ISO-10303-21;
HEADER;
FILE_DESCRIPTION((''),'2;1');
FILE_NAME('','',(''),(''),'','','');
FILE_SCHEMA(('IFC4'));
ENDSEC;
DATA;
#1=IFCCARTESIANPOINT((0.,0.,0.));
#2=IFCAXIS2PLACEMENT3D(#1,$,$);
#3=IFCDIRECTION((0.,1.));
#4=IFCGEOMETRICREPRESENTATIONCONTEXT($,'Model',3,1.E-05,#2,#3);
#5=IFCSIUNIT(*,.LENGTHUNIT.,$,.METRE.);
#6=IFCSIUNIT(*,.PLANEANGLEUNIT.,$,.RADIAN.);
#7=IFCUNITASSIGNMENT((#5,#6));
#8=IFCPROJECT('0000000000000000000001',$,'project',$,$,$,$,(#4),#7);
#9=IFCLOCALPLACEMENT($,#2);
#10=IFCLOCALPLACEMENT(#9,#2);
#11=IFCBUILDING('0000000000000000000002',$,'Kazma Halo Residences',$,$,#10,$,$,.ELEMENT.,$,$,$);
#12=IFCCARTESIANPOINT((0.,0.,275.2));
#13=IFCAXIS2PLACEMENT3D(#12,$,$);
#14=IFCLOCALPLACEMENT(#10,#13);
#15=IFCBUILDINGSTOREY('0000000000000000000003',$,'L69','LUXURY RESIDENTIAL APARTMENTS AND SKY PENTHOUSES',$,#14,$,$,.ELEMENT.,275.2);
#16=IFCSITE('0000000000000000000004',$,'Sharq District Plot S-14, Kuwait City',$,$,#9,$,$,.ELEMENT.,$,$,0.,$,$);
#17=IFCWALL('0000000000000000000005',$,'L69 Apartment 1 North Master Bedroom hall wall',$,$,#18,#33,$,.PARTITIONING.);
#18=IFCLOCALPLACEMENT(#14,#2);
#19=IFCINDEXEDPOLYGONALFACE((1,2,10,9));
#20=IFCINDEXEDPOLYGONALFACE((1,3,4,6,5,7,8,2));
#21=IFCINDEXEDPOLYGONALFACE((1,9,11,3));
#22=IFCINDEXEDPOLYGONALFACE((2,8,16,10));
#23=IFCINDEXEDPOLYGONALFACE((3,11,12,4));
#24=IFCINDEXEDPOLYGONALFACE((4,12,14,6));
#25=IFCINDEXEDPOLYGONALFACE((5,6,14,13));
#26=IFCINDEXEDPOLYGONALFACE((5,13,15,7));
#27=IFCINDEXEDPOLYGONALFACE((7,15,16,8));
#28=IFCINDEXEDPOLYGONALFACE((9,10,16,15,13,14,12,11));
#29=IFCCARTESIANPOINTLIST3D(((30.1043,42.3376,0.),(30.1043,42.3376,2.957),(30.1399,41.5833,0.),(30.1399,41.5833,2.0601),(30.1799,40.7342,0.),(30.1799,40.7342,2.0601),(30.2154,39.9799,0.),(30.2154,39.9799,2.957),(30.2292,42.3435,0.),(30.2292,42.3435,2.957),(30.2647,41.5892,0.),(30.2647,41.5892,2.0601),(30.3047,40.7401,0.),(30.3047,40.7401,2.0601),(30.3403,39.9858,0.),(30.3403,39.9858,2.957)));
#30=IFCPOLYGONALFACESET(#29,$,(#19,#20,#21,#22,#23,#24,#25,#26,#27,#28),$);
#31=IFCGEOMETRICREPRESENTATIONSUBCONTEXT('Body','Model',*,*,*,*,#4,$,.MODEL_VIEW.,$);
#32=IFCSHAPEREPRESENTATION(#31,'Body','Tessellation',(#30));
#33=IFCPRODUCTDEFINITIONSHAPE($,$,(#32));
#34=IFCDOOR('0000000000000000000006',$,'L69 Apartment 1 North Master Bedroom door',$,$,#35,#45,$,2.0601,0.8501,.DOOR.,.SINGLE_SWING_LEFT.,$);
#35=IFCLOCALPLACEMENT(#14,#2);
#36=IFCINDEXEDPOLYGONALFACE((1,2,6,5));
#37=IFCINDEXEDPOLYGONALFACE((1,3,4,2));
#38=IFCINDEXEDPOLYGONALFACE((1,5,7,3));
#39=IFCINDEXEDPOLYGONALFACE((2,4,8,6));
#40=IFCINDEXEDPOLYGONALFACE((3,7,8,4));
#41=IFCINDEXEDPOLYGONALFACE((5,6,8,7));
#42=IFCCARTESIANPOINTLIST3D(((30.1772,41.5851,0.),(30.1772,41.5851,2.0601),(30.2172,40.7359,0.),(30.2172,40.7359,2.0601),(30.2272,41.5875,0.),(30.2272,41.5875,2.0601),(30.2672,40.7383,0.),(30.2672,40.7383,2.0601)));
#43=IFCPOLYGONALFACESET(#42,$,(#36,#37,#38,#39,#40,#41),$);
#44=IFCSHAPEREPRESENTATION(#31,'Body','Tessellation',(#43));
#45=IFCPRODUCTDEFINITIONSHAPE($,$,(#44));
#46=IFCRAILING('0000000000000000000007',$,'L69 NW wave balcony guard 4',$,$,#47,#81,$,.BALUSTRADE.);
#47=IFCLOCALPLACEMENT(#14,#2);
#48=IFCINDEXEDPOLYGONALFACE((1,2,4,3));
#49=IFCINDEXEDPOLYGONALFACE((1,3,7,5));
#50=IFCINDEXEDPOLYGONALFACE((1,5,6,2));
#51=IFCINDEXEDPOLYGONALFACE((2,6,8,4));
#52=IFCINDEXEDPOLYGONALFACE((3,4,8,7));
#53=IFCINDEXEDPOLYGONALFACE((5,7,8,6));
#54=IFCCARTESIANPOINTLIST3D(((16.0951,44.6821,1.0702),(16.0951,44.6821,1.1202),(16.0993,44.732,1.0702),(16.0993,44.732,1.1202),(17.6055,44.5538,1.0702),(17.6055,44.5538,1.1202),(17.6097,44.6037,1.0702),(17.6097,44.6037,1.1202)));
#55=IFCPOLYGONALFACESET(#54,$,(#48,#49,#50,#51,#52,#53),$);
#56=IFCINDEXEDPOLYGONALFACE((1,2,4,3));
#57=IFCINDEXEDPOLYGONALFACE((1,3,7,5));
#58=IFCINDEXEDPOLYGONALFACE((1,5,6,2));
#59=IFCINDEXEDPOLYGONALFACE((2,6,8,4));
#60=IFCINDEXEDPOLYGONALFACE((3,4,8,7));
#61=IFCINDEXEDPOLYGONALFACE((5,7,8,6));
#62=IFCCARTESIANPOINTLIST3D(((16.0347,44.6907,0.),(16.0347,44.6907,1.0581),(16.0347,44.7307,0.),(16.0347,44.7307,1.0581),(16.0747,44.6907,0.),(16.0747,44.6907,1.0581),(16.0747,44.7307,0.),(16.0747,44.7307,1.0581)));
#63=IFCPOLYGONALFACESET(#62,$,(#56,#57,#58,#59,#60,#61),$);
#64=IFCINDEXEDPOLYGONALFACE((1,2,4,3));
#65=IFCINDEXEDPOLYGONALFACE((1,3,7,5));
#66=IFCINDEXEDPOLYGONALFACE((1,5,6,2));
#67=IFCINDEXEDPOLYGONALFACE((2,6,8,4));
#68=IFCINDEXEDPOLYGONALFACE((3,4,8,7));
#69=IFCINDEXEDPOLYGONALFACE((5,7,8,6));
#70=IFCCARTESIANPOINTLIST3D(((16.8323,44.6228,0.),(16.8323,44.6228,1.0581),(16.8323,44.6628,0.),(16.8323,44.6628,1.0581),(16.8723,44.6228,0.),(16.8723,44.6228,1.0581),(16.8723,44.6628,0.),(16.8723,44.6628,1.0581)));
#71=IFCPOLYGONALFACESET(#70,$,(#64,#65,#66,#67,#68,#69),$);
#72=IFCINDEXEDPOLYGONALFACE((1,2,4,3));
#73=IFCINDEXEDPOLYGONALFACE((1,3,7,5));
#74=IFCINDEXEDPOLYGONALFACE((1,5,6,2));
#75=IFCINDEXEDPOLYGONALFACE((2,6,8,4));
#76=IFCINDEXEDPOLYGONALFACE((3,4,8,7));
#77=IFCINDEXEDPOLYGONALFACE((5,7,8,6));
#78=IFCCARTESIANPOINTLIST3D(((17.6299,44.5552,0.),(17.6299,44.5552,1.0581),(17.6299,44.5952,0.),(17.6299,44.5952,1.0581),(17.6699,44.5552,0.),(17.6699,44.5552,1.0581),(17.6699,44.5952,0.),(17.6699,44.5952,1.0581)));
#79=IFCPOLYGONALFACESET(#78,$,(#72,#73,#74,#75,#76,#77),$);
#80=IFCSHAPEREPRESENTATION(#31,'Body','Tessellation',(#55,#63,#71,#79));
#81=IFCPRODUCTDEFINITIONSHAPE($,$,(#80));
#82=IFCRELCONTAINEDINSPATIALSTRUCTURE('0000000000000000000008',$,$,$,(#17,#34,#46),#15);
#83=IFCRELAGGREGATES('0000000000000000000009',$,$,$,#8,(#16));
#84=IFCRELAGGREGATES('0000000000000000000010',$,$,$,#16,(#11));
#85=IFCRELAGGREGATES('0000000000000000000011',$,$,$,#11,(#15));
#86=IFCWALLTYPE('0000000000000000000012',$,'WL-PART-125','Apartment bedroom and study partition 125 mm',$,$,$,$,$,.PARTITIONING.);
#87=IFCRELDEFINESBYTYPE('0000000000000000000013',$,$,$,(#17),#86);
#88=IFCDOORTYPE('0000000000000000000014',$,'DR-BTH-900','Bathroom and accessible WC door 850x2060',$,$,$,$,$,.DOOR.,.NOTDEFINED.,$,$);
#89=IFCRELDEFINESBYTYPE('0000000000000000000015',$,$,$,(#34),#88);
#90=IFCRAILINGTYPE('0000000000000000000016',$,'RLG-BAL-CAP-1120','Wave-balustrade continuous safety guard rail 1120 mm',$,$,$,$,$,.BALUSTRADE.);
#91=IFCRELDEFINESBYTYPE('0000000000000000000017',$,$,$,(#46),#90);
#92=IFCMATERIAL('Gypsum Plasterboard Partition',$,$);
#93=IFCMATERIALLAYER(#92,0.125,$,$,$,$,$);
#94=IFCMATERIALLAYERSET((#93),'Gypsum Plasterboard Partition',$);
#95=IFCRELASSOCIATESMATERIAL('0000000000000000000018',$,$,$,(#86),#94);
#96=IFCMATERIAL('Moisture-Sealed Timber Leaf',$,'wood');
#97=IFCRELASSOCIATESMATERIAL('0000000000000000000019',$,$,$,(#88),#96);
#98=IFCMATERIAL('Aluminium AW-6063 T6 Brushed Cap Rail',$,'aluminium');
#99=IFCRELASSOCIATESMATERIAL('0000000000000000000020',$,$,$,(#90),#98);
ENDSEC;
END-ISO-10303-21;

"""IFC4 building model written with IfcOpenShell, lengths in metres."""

from ifc_helpers import new_model, si_unit, direction, frame, frame_2d, origin, origin_2d, place, context, subcontext, project, spatial, rectangle, extrude, material, layer, layer_set, type_object, element, fill, save


model = new_model("IFC4")

# Units and contexts
model_context = context("Model", 3, precision=1e-05, world=origin(), true_north=direction((0.0, 1.0)))
body_context = subcontext(model_context, "Body", "Model", "MODEL_VIEW")
ifc_project = project(units=[si_unit("LENGTHUNIT", "METRE"), si_unit("PLANEANGLEUNIT", "RADIAN")], contexts=[model_context])

# Site, building, storey
site_placement = place(None, origin())
site = spatial("IfcSite", under=ifc_project, at=site_placement, Name="Sharq District Plot S-14, Kuwait City", CompositionType="ELEMENT", RefElevation=0.0)
building_placement = place(site_placement, origin())
building = spatial("IfcBuilding", under=site, at=building_placement, Name="Kazma Halo Residences", CompositionType="ELEMENT")
storey_placement = place(building_placement, frame((0.0, 0.0, 275.2)))
storey = spatial("IfcBuildingStorey", under=building, at=storey_placement, Name="L69", Description="LUXURY RESIDENTIAL APARTMENTS AND SKY PENTHOUSES", CompositionType="ELEMENT", Elevation=275.2)

# Shared definitions
ifc_material_1 = material(Name="Gypsum Plasterboard Partition")
ifc_layer_1 = layer(ifc_material_1, 0.125)
ifc_layer_set_1 = layer_set([ifc_layer_1], Name="Gypsum Plasterboard Partition")
wall_type = type_object("IfcWallType", Name="WL-PART-125", Description="Apartment bedroom and study partition 125 mm", PredefinedType="PARTITIONING", material=ifc_layer_set_1)

# Shared definitions
ifc_material_2 = material(Name="Moisture-Sealed Timber Leaf", Category="wood")
door_type_1 = type_object("IfcDoorType", Name="DR-BTH-900", Description="Bathroom and accessible WC door 850x2060", OperationType="NOTDEFINED", PredefinedType="DOOR", material=ifc_material_2)

# Wall, opening, door
wall_1_placement = place(storey_placement, frame((30.1667, 42.3406, 0.0), z_axis=(0.0, 0.0, 1.0), x_axis=(0.047064, -0.998892, 0.0)))
wall_1 = element("IfcWall", 1, at=wall_1_placement, inside=storey, type_object=wall_type, Name="L69 Apartment 1 North Master Bedroom hall wall", PredefinedType="PARTITIONING", context=body_context, shape_type="SweptSolid", body=[
    extrude(rectangle(XDim=2.3604, YDim=0.125, at=frame_2d((1.1802, 0.0))), origin(), (0.0, 0.0, 1.0), 2.957),
])
opening_1_placement = place(wall_1_placement, frame((0.7551, 0.0, 0.0)))
opening_1 = element("IfcOpeningElement", 2, at=opening_1_placement, cuts=wall_1, PredefinedType="OPENING", context=body_context, shape_type="SweptSolid", body=[
    extrude(rectangle(XDim=0.8501, YDim=2.0601, at=frame_2d((0.425, 1.03))), frame((0.0, 0.0725, 0.0), z_axis=(0.0, -1.0, 0.0), x_axis=(1.0, 0.0, 0.0)), (0.0, 0.0, 1.0), 0.145),
])
door_1_placement = place(opening_1_placement, origin())
door_1 = element("IfcDoor", 3, at=door_1_placement, inside=storey, type_object=door_type_1, Name="L69 Apartment 1 North Master Bedroom door", OperationType="SINGLE_SWING_LEFT", OverallHeight=2.0601, OverallWidth=0.8501, PredefinedType="DOOR", context=body_context, shape_type="SweptSolid", body=[
    extrude(rectangle(XDim=0.8501, YDim=2.0601, at=frame_2d((0.425, 1.03))), frame((0.0, 0.0249, 0.0), z_axis=(0.0, -1.0, 0.0), x_axis=(1.0, 0.0, 0.0)), (0.0, 0.0, 1.0), 0.05),
])
fill(opening_1, door_1)

# Railing
ifc_material_3 = material(Name="Aluminium AW-6063 T6 Brushed Cap Rail", Category="aluminium")
railing_type = type_object("IfcRailingType", Name="RLG-BAL-CAP-1120", Description="Wave-balustrade continuous safety guard rail 1120 mm", PredefinedType="BALUSTRADE", material=ifc_material_3)
railing_placement = place(storey_placement, frame((16.0547, 44.7107, 0.0)))
element("IfcRailing", 4, at=railing_placement, inside=storey, type_object=railing_type, Name="L69 NW wave balcony guard 4", PredefinedType="BALUSTRADE", context=body_context, shape_type="SweptSolid", body=[
    extrude(rectangle(XDim=0.05, YDim=0.05, at=origin_2d()), frame((0.0425, -0.0037, 1.0952), z_axis=(0.996412, -0.084636, 0.0), x_axis=(0.084636, 0.996412, 0.0)), (0.0, 0.0, 1.0), 1.5159),
    extrude(rectangle(XDim=0.04, YDim=0.04, at=origin_2d()), origin(), (0.0, 0.0, 1.0), 1.0581),
    extrude(rectangle(XDim=0.04, YDim=0.04, at=origin_2d()), frame((0.7976, -0.0679, 0.0)), (0.0, 0.0, 1.0), 1.0581),
    extrude(rectangle(XDim=0.04, YDim=0.04, at=origin_2d()), frame((1.5952, -0.1355, 0.0)), (0.0, 0.0, 1.0), 1.0581),
])

save(model, "model.ifc")
